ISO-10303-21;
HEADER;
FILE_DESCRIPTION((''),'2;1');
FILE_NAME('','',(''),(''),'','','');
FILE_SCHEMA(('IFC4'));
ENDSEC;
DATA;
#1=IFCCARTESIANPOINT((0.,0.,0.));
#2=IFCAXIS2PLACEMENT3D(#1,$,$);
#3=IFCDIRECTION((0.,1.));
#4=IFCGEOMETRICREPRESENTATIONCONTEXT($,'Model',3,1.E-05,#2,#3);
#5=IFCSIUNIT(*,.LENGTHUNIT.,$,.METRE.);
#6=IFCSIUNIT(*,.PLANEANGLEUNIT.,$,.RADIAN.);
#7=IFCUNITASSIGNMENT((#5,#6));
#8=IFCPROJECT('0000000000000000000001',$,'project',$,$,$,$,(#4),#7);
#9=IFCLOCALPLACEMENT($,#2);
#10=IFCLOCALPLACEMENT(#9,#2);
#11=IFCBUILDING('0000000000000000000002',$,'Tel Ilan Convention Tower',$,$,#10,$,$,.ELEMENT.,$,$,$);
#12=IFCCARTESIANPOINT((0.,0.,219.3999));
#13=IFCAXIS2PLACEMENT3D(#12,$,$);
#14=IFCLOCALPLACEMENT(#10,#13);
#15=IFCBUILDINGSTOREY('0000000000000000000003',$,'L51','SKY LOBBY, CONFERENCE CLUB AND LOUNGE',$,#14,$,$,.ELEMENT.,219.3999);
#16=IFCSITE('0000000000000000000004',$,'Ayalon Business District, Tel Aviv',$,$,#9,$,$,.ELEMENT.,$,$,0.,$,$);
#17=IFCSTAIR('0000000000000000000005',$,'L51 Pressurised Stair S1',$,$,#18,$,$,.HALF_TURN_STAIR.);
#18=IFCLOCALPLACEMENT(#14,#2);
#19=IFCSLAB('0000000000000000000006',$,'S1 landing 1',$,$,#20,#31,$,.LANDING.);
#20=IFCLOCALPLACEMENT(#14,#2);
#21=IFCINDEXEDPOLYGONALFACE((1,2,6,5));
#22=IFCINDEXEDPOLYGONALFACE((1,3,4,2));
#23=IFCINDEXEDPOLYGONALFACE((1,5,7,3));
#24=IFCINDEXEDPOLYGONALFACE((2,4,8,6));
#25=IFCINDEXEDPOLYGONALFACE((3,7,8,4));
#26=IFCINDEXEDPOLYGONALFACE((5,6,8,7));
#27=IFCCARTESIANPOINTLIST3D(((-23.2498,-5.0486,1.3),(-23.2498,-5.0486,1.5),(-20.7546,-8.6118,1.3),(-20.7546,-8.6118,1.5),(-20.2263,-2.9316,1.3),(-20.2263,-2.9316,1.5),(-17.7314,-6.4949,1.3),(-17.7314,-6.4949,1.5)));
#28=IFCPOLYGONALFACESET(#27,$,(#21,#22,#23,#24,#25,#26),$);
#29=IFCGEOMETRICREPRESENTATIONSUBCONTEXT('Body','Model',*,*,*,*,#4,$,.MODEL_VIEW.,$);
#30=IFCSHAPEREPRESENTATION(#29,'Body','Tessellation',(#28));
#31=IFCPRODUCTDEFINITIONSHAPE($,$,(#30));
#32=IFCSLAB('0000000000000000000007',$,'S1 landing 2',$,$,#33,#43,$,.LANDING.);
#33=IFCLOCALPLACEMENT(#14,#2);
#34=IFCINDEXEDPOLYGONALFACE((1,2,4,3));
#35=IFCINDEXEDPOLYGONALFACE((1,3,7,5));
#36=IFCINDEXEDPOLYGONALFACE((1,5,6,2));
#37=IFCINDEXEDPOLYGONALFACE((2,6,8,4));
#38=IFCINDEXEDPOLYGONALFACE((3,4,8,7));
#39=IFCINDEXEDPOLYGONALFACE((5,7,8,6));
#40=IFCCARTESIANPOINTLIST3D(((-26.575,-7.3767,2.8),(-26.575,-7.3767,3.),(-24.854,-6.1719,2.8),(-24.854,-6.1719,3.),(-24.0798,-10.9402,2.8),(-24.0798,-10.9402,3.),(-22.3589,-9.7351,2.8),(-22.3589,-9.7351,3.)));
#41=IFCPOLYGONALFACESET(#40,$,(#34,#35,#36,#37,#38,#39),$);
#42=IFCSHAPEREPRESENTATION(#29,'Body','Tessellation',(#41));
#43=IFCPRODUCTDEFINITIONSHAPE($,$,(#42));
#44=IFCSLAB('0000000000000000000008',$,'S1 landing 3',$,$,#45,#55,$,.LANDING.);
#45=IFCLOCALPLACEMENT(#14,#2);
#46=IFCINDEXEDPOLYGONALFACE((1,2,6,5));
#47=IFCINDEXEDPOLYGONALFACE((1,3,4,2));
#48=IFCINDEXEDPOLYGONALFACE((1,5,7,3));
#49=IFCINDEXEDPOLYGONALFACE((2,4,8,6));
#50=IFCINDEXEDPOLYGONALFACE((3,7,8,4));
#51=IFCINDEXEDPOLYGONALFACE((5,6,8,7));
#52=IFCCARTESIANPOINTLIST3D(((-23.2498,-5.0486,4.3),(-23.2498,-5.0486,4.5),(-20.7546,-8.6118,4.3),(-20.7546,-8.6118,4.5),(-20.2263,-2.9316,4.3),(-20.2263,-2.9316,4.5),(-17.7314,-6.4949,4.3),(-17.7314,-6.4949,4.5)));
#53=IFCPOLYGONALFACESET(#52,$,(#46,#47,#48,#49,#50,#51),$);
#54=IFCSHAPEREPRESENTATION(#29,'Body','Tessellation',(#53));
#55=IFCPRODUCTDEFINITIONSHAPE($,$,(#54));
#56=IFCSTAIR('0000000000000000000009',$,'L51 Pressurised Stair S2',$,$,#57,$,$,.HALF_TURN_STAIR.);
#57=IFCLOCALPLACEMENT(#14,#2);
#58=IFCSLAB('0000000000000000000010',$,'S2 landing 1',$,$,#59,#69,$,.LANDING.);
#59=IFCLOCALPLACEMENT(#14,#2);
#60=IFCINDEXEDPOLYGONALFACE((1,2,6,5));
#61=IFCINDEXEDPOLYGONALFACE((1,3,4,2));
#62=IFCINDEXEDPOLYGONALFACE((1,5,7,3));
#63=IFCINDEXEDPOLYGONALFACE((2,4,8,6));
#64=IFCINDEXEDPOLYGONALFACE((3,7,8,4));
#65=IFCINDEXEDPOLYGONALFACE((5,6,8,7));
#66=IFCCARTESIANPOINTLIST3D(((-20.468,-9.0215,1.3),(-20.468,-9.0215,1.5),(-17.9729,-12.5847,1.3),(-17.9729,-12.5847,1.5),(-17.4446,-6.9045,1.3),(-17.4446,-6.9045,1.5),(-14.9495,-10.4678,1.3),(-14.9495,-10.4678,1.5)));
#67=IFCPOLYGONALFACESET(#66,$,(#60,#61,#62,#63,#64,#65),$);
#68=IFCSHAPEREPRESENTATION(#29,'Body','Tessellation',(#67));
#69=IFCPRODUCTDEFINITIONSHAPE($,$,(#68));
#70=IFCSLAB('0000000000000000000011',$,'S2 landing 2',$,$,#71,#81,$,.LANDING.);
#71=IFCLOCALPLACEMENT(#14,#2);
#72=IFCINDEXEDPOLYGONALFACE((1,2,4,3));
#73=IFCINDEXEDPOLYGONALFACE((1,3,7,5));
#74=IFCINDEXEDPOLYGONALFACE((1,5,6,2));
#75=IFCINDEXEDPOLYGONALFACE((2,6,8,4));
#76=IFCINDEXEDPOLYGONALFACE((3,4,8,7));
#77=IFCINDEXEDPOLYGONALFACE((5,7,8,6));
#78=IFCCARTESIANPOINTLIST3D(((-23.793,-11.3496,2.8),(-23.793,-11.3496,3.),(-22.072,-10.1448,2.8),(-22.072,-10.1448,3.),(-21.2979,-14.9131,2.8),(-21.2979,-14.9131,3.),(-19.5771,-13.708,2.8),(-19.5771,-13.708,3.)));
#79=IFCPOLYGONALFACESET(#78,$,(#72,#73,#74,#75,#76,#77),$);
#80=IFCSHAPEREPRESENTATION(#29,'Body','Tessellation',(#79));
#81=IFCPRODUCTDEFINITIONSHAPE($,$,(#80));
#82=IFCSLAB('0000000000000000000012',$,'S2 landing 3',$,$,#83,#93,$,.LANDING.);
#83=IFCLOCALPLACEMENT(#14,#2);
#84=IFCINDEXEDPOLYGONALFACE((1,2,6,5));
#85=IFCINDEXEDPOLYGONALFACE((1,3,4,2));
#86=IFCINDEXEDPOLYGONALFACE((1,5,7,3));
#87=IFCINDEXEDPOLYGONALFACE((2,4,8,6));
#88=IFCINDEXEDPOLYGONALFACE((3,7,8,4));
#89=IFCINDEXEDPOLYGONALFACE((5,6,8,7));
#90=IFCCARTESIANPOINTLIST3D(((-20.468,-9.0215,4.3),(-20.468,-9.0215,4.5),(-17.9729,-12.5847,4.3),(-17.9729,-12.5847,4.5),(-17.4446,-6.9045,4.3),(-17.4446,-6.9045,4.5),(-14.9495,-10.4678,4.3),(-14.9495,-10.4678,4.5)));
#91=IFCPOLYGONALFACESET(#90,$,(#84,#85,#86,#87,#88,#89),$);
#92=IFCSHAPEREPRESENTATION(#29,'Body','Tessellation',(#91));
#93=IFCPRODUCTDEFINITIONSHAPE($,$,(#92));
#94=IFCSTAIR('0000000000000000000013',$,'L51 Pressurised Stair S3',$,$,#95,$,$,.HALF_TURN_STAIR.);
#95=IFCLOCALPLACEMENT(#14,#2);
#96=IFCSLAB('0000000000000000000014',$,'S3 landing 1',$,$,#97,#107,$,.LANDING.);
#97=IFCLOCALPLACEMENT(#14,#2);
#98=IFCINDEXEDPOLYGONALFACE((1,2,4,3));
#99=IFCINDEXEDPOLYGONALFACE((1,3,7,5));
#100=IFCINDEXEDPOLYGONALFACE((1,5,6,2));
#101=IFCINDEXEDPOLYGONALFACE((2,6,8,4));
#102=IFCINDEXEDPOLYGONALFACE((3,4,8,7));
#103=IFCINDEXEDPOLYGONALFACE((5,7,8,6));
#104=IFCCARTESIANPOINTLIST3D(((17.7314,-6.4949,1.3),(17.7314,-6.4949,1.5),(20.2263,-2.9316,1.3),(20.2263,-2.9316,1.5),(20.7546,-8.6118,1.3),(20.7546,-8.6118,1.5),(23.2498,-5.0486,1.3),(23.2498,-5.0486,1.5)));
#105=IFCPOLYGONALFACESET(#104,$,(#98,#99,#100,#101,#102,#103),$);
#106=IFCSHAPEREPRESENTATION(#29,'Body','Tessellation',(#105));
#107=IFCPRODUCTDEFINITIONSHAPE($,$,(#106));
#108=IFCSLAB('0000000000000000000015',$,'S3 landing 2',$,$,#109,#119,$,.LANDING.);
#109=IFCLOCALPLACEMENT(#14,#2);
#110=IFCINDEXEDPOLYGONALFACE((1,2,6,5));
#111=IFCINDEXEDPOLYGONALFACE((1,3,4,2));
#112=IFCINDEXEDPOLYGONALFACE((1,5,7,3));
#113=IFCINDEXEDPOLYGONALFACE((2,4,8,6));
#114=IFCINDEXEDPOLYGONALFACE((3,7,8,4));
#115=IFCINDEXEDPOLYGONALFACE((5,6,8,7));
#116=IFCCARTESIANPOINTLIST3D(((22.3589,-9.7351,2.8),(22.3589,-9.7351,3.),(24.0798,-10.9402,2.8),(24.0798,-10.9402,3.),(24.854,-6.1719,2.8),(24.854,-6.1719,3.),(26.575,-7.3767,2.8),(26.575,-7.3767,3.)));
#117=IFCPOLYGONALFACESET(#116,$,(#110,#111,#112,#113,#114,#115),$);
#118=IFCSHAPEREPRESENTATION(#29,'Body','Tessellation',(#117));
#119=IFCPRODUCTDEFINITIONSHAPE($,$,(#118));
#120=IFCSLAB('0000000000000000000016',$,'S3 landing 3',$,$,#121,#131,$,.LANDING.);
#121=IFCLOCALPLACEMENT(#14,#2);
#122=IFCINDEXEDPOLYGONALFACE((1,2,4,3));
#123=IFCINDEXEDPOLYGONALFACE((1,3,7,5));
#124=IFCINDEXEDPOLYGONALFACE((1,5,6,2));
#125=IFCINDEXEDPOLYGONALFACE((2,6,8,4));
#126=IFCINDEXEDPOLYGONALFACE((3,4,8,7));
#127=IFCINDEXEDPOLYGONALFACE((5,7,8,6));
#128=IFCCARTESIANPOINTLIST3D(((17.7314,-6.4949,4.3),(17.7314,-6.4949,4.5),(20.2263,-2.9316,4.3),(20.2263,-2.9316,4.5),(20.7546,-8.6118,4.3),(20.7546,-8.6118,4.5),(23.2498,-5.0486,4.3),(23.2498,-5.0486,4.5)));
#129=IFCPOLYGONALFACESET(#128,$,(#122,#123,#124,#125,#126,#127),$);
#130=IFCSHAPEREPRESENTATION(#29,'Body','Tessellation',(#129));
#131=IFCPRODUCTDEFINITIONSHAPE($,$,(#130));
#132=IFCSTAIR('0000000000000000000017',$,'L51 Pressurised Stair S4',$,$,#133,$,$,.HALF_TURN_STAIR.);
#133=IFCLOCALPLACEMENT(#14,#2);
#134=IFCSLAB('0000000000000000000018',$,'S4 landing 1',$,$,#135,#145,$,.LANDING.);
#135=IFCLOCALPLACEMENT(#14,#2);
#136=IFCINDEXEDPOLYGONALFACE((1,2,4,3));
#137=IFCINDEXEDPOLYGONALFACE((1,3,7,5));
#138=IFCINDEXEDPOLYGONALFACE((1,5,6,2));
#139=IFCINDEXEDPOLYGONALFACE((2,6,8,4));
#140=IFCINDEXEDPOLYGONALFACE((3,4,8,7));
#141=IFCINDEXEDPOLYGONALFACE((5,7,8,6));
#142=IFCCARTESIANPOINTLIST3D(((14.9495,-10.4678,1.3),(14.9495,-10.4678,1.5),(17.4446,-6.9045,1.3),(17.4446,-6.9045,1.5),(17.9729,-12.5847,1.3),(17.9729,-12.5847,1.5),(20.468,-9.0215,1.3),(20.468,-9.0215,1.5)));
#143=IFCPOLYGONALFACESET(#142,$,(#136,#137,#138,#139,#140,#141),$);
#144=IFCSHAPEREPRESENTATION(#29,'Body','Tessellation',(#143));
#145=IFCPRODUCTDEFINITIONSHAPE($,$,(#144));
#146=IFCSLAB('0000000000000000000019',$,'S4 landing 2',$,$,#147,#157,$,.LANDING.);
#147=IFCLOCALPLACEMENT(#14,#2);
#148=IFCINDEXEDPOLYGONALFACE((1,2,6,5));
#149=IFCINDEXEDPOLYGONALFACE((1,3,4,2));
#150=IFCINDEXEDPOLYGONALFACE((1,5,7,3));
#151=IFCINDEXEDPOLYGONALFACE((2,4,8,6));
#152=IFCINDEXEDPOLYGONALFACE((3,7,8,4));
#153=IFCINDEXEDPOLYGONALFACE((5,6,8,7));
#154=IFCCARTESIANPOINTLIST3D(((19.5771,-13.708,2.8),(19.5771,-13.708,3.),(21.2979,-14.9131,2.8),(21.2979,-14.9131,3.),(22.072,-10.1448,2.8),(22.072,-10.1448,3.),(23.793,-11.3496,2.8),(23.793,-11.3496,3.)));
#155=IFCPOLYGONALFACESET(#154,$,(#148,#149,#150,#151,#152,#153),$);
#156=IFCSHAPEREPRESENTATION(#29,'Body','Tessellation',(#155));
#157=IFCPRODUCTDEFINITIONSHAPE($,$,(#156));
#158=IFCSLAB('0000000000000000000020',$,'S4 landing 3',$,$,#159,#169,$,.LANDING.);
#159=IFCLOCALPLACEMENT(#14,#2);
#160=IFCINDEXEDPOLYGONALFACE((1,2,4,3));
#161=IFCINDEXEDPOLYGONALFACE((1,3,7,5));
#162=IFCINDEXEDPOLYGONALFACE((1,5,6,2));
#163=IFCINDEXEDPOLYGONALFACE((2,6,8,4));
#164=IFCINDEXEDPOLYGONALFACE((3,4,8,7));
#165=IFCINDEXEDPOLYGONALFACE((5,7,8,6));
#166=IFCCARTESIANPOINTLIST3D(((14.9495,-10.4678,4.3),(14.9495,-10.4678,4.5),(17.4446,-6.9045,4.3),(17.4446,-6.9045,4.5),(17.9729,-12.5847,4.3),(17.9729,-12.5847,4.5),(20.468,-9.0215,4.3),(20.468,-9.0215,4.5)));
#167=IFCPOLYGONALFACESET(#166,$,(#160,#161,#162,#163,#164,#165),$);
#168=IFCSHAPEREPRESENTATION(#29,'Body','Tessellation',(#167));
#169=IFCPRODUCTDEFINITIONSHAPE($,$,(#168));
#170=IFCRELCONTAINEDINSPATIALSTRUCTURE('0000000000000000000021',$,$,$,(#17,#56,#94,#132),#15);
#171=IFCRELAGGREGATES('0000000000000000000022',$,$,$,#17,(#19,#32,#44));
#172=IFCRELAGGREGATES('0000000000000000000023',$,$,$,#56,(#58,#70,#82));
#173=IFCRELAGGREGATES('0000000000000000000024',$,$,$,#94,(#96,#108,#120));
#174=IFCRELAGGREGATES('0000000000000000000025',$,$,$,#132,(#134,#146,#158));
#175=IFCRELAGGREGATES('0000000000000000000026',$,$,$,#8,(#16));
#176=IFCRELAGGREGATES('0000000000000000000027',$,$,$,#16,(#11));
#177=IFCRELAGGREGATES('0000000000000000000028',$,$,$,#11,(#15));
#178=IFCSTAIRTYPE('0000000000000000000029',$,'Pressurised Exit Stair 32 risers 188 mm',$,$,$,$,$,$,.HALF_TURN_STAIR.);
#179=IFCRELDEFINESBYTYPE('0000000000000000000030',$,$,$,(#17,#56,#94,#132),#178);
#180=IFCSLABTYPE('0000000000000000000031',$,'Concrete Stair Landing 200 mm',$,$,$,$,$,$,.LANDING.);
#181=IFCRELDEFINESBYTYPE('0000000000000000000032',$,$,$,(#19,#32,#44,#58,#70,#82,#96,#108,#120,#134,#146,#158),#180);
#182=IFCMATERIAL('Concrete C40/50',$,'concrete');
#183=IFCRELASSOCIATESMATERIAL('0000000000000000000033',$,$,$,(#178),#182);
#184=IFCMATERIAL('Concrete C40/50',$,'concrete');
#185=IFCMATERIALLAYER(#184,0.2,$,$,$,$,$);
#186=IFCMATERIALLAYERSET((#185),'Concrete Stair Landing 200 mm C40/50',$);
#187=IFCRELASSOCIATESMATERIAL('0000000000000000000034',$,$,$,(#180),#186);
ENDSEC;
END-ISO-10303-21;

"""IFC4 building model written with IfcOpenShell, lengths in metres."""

from ifc_helpers import new_model, si_unit, direction, frame, origin, place, context, subcontext, project, spatial, polyline, outline, extrude, material, layer, layer_set, type_object, element, aggregate, save


model = new_model("IFC4")

# Units and contexts
model_context = context("Model", 3, precision=1e-05, world=origin(), true_north=direction((0.0, 1.0)))
body_context = subcontext(model_context, "Body", "Model", "MODEL_VIEW")
ifc_project = project(units=[si_unit("LENGTHUNIT", "METRE"), si_unit("PLANEANGLEUNIT", "RADIAN")], contexts=[model_context])

# Site, building, storey
site_placement = place(None, origin())
site = spatial("IfcSite", under=ifc_project, at=site_placement, Name="Ayalon Business District, Tel Aviv", CompositionType="ELEMENT", RefElevation=0.0)
building_placement = place(site_placement, origin())
building = spatial("IfcBuilding", under=site, at=building_placement, Name="Tel Ilan Convention Tower", CompositionType="ELEMENT")
storey_placement = place(building_placement, frame((0.0, 0.0, 219.3999)))
storey = spatial("IfcBuildingStorey", under=building, at=storey_placement, Name="L51", Description="SKY LOBBY, CONFERENCE CLUB AND LOUNGE", CompositionType="ELEMENT", Elevation=219.3999)

# Stairs, slabs
ifc_material_1 = material(Name="Concrete C40/50", Category="concrete")
stair_type = type_object("IfcStairType", Name="Pressurised Exit Stair 32 risers 188 mm", PredefinedType="HALF_TURN_STAIR", material=ifc_material_1)
stair_1_placement = place(storey_placement, origin())
stair_1 = element("IfcStair", 1, at=stair_1_placement, inside=storey, type_object=stair_type, Name="L51 Pressurised Stair S1", PredefinedType="HALF_TURN_STAIR")
ifc_material_2 = material(Name="Concrete C40/50", Category="concrete")
ifc_layer_1 = layer(ifc_material_2, 0.2)
ifc_layer_set_1 = layer_set([ifc_layer_1], Name="Concrete Stair Landing 200 mm C40/50")
slab_type_1 = type_object("IfcSlabType", Name="Concrete Stair Landing 200 mm", PredefinedType="LANDING", material=ifc_layer_set_1)
slab_1_placement = place(storey_placement, frame((0.0, 0.0, 1.3)))
slab_1 = element("IfcSlab", 2, at=slab_1_placement, type_object=slab_type_1, Name="S1 landing 1", PredefinedType="LANDING", context=body_context, shape_type="SweptSolid", body=[
    extrude(outline(polyline([(-20.7546, -8.6118), (-17.7314, -6.4949), (-20.2263, -2.9316), (-23.2498, -5.0486), (-20.7546, -8.6118)])), origin(), (0.0, 0.0, 1.0), 0.2),
])
slab_2_placement = place(storey_placement, frame((0.0, 0.0, 2.8)))
slab_2 = element("IfcSlab", 3, at=slab_2_placement, type_object=slab_type_1, Name="S1 landing 2", PredefinedType="LANDING", context=body_context, shape_type="SweptSolid", body=[
    extrude(outline(polyline([(-24.0798, -10.9402), (-22.3589, -9.7351), (-24.854, -6.1719), (-26.575, -7.3767), (-24.0798, -10.9402)])), origin(), (0.0, 0.0, 1.0), 0.2),
])
slab_3_placement = place(storey_placement, frame((0.0, 0.0, 4.3)))
slab_3 = element("IfcSlab", 4, at=slab_3_placement, type_object=slab_type_1, Name="S1 landing 3", PredefinedType="LANDING", context=body_context, shape_type="SweptSolid", body=[
    extrude(outline(polyline([(-20.7546, -8.6118), (-17.7314, -6.4949), (-20.2263, -2.9316), (-23.2498, -5.0486), (-20.7546, -8.6118)])), origin(), (0.0, 0.0, 1.0), 0.2),
])
aggregate(stair_1, [slab_1, slab_2, slab_3])
stair_2_placement = place(storey_placement, origin())
stair_2 = element("IfcStair", 5, at=stair_2_placement, inside=storey, type_object=stair_type, Name="L51 Pressurised Stair S2", PredefinedType="HALF_TURN_STAIR")
slab_4_placement = place(storey_placement, frame((0.0, 0.0, 1.3)))
slab_4 = element("IfcSlab", 6, at=slab_4_placement, type_object=slab_type_1, Name="S2 landing 1", PredefinedType="LANDING", context=body_context, shape_type="SweptSolid", body=[
    extrude(outline(polyline([(-17.9729, -12.5847), (-14.9495, -10.4678), (-17.4446, -6.9045), (-20.468, -9.0215), (-17.9729, -12.5847)])), origin(), (0.0, 0.0, 1.0), 0.2),
])
slab_5_placement = place(storey_placement, frame((0.0, 0.0, 2.8)))
slab_5 = element("IfcSlab", 7, at=slab_5_placement, type_object=slab_type_1, Name="S2 landing 2", PredefinedType="LANDING", context=body_context, shape_type="SweptSolid", body=[
    extrude(outline(polyline([(-21.2979, -14.9131), (-19.5771, -13.708), (-22.072, -10.1448), (-23.793, -11.3496), (-21.2979, -14.9131)])), origin(), (0.0, 0.0, 1.0), 0.2),
])
slab_6_placement = place(storey_placement, frame((0.0, 0.0, 4.3)))
slab_6 = element("IfcSlab", 8, at=slab_6_placement, type_object=slab_type_1, Name="S2 landing 3", PredefinedType="LANDING", context=body_context, shape_type="SweptSolid", body=[
    extrude(outline(polyline([(-17.9729, -12.5847), (-14.9495, -10.4678), (-17.4446, -6.9045), (-20.468, -9.0215), (-17.9729, -12.5847)])), origin(), (0.0, 0.0, 1.0), 0.2),
])
aggregate(stair_2, [slab_4, slab_5, slab_6])
stair_3_placement = place(storey_placement, origin())
stair_3 = element("IfcStair", 9, at=stair_3_placement, inside=storey, type_object=stair_type, Name="L51 Pressurised Stair S3", PredefinedType="HALF_TURN_STAIR")
slab_7_placement = place(storey_placement, frame((0.0, 0.0, 1.3)))
slab_7 = element("IfcSlab", 10, at=slab_7_placement, type_object=slab_type_1, Name="S3 landing 1", PredefinedType="LANDING", context=body_context, shape_type="SweptSolid", body=[
    extrude(outline(polyline([(23.2498, -5.0486), (20.2263, -2.9316), (17.7314, -6.4949), (20.7546, -8.6118), (23.2498, -5.0486)])), origin(), (0.0, 0.0, 1.0), 0.2),
])
slab_8_placement = place(storey_placement, frame((0.0, 0.0, 2.8)))
slab_8 = element("IfcSlab", 11, at=slab_8_placement, type_object=slab_type_1, Name="S3 landing 2", PredefinedType="LANDING", context=body_context, shape_type="SweptSolid", body=[
    extrude(outline(polyline([(26.575, -7.3767), (24.854, -6.1719), (22.3589, -9.7351), (24.0798, -10.9402), (26.575, -7.3767)])), origin(), (0.0, 0.0, 1.0), 0.2),
])
slab_9_placement = place(storey_placement, frame((0.0, 0.0, 4.3)))
slab_9 = element("IfcSlab", 12, at=slab_9_placement, type_object=slab_type_1, Name="S3 landing 3", PredefinedType="LANDING", context=body_context, shape_type="SweptSolid", body=[
    extrude(outline(polyline([(23.2498, -5.0486), (20.2263, -2.9316), (17.7314, -6.4949), (20.7546, -8.6118), (23.2498, -5.0486)])), origin(), (0.0, 0.0, 1.0), 0.2),
])
aggregate(stair_3, [slab_7, slab_8, slab_9])
stair_4_placement = place(storey_placement, origin())
stair_4 = element("IfcStair", 13, at=stair_4_placement, inside=storey, type_object=stair_type, Name="L51 Pressurised Stair S4", PredefinedType="HALF_TURN_STAIR")
slab_10_placement = place(storey_placement, frame((0.0, 0.0, 1.3)))
slab_10 = element("IfcSlab", 14, at=slab_10_placement, type_object=slab_type_1, Name="S4 landing 1", PredefinedType="LANDING", context=body_context, shape_type="SweptSolid", body=[
    extrude(outline(polyline([(20.468, -9.0215), (17.4446, -6.9045), (14.9495, -10.4678), (17.9729, -12.5847), (20.468, -9.0215)])), origin(), (0.0, 0.0, 1.0), 0.2),
])
slab_11_placement = place(storey_placement, frame((0.0, 0.0, 2.8)))
slab_11 = element("IfcSlab", 15, at=slab_11_placement, type_object=slab_type_1, Name="S4 landing 2", PredefinedType="LANDING", context=body_context, shape_type="SweptSolid", body=[
    extrude(outline(polyline([(23.793, -11.3496), (22.072, -10.1448), (19.5771, -13.708), (21.2979, -14.9131), (23.793, -11.3496)])), origin(), (0.0, 0.0, 1.0), 0.2),
])
slab_12_placement = place(storey_placement, frame((0.0, 0.0, 4.3)))
slab_12 = element("IfcSlab", 16, at=slab_12_placement, type_object=slab_type_1, Name="S4 landing 3", PredefinedType="LANDING", context=body_context, shape_type="SweptSolid", body=[
    extrude(outline(polyline([(20.468, -9.0215), (17.4446, -6.9045), (14.9495, -10.4678), (17.9729, -12.5847), (20.468, -9.0215)])), origin(), (0.0, 0.0, 1.0), 0.2),
])
aggregate(stair_4, [slab_10, slab_11, slab_12])

save(model, "model.ifc")
